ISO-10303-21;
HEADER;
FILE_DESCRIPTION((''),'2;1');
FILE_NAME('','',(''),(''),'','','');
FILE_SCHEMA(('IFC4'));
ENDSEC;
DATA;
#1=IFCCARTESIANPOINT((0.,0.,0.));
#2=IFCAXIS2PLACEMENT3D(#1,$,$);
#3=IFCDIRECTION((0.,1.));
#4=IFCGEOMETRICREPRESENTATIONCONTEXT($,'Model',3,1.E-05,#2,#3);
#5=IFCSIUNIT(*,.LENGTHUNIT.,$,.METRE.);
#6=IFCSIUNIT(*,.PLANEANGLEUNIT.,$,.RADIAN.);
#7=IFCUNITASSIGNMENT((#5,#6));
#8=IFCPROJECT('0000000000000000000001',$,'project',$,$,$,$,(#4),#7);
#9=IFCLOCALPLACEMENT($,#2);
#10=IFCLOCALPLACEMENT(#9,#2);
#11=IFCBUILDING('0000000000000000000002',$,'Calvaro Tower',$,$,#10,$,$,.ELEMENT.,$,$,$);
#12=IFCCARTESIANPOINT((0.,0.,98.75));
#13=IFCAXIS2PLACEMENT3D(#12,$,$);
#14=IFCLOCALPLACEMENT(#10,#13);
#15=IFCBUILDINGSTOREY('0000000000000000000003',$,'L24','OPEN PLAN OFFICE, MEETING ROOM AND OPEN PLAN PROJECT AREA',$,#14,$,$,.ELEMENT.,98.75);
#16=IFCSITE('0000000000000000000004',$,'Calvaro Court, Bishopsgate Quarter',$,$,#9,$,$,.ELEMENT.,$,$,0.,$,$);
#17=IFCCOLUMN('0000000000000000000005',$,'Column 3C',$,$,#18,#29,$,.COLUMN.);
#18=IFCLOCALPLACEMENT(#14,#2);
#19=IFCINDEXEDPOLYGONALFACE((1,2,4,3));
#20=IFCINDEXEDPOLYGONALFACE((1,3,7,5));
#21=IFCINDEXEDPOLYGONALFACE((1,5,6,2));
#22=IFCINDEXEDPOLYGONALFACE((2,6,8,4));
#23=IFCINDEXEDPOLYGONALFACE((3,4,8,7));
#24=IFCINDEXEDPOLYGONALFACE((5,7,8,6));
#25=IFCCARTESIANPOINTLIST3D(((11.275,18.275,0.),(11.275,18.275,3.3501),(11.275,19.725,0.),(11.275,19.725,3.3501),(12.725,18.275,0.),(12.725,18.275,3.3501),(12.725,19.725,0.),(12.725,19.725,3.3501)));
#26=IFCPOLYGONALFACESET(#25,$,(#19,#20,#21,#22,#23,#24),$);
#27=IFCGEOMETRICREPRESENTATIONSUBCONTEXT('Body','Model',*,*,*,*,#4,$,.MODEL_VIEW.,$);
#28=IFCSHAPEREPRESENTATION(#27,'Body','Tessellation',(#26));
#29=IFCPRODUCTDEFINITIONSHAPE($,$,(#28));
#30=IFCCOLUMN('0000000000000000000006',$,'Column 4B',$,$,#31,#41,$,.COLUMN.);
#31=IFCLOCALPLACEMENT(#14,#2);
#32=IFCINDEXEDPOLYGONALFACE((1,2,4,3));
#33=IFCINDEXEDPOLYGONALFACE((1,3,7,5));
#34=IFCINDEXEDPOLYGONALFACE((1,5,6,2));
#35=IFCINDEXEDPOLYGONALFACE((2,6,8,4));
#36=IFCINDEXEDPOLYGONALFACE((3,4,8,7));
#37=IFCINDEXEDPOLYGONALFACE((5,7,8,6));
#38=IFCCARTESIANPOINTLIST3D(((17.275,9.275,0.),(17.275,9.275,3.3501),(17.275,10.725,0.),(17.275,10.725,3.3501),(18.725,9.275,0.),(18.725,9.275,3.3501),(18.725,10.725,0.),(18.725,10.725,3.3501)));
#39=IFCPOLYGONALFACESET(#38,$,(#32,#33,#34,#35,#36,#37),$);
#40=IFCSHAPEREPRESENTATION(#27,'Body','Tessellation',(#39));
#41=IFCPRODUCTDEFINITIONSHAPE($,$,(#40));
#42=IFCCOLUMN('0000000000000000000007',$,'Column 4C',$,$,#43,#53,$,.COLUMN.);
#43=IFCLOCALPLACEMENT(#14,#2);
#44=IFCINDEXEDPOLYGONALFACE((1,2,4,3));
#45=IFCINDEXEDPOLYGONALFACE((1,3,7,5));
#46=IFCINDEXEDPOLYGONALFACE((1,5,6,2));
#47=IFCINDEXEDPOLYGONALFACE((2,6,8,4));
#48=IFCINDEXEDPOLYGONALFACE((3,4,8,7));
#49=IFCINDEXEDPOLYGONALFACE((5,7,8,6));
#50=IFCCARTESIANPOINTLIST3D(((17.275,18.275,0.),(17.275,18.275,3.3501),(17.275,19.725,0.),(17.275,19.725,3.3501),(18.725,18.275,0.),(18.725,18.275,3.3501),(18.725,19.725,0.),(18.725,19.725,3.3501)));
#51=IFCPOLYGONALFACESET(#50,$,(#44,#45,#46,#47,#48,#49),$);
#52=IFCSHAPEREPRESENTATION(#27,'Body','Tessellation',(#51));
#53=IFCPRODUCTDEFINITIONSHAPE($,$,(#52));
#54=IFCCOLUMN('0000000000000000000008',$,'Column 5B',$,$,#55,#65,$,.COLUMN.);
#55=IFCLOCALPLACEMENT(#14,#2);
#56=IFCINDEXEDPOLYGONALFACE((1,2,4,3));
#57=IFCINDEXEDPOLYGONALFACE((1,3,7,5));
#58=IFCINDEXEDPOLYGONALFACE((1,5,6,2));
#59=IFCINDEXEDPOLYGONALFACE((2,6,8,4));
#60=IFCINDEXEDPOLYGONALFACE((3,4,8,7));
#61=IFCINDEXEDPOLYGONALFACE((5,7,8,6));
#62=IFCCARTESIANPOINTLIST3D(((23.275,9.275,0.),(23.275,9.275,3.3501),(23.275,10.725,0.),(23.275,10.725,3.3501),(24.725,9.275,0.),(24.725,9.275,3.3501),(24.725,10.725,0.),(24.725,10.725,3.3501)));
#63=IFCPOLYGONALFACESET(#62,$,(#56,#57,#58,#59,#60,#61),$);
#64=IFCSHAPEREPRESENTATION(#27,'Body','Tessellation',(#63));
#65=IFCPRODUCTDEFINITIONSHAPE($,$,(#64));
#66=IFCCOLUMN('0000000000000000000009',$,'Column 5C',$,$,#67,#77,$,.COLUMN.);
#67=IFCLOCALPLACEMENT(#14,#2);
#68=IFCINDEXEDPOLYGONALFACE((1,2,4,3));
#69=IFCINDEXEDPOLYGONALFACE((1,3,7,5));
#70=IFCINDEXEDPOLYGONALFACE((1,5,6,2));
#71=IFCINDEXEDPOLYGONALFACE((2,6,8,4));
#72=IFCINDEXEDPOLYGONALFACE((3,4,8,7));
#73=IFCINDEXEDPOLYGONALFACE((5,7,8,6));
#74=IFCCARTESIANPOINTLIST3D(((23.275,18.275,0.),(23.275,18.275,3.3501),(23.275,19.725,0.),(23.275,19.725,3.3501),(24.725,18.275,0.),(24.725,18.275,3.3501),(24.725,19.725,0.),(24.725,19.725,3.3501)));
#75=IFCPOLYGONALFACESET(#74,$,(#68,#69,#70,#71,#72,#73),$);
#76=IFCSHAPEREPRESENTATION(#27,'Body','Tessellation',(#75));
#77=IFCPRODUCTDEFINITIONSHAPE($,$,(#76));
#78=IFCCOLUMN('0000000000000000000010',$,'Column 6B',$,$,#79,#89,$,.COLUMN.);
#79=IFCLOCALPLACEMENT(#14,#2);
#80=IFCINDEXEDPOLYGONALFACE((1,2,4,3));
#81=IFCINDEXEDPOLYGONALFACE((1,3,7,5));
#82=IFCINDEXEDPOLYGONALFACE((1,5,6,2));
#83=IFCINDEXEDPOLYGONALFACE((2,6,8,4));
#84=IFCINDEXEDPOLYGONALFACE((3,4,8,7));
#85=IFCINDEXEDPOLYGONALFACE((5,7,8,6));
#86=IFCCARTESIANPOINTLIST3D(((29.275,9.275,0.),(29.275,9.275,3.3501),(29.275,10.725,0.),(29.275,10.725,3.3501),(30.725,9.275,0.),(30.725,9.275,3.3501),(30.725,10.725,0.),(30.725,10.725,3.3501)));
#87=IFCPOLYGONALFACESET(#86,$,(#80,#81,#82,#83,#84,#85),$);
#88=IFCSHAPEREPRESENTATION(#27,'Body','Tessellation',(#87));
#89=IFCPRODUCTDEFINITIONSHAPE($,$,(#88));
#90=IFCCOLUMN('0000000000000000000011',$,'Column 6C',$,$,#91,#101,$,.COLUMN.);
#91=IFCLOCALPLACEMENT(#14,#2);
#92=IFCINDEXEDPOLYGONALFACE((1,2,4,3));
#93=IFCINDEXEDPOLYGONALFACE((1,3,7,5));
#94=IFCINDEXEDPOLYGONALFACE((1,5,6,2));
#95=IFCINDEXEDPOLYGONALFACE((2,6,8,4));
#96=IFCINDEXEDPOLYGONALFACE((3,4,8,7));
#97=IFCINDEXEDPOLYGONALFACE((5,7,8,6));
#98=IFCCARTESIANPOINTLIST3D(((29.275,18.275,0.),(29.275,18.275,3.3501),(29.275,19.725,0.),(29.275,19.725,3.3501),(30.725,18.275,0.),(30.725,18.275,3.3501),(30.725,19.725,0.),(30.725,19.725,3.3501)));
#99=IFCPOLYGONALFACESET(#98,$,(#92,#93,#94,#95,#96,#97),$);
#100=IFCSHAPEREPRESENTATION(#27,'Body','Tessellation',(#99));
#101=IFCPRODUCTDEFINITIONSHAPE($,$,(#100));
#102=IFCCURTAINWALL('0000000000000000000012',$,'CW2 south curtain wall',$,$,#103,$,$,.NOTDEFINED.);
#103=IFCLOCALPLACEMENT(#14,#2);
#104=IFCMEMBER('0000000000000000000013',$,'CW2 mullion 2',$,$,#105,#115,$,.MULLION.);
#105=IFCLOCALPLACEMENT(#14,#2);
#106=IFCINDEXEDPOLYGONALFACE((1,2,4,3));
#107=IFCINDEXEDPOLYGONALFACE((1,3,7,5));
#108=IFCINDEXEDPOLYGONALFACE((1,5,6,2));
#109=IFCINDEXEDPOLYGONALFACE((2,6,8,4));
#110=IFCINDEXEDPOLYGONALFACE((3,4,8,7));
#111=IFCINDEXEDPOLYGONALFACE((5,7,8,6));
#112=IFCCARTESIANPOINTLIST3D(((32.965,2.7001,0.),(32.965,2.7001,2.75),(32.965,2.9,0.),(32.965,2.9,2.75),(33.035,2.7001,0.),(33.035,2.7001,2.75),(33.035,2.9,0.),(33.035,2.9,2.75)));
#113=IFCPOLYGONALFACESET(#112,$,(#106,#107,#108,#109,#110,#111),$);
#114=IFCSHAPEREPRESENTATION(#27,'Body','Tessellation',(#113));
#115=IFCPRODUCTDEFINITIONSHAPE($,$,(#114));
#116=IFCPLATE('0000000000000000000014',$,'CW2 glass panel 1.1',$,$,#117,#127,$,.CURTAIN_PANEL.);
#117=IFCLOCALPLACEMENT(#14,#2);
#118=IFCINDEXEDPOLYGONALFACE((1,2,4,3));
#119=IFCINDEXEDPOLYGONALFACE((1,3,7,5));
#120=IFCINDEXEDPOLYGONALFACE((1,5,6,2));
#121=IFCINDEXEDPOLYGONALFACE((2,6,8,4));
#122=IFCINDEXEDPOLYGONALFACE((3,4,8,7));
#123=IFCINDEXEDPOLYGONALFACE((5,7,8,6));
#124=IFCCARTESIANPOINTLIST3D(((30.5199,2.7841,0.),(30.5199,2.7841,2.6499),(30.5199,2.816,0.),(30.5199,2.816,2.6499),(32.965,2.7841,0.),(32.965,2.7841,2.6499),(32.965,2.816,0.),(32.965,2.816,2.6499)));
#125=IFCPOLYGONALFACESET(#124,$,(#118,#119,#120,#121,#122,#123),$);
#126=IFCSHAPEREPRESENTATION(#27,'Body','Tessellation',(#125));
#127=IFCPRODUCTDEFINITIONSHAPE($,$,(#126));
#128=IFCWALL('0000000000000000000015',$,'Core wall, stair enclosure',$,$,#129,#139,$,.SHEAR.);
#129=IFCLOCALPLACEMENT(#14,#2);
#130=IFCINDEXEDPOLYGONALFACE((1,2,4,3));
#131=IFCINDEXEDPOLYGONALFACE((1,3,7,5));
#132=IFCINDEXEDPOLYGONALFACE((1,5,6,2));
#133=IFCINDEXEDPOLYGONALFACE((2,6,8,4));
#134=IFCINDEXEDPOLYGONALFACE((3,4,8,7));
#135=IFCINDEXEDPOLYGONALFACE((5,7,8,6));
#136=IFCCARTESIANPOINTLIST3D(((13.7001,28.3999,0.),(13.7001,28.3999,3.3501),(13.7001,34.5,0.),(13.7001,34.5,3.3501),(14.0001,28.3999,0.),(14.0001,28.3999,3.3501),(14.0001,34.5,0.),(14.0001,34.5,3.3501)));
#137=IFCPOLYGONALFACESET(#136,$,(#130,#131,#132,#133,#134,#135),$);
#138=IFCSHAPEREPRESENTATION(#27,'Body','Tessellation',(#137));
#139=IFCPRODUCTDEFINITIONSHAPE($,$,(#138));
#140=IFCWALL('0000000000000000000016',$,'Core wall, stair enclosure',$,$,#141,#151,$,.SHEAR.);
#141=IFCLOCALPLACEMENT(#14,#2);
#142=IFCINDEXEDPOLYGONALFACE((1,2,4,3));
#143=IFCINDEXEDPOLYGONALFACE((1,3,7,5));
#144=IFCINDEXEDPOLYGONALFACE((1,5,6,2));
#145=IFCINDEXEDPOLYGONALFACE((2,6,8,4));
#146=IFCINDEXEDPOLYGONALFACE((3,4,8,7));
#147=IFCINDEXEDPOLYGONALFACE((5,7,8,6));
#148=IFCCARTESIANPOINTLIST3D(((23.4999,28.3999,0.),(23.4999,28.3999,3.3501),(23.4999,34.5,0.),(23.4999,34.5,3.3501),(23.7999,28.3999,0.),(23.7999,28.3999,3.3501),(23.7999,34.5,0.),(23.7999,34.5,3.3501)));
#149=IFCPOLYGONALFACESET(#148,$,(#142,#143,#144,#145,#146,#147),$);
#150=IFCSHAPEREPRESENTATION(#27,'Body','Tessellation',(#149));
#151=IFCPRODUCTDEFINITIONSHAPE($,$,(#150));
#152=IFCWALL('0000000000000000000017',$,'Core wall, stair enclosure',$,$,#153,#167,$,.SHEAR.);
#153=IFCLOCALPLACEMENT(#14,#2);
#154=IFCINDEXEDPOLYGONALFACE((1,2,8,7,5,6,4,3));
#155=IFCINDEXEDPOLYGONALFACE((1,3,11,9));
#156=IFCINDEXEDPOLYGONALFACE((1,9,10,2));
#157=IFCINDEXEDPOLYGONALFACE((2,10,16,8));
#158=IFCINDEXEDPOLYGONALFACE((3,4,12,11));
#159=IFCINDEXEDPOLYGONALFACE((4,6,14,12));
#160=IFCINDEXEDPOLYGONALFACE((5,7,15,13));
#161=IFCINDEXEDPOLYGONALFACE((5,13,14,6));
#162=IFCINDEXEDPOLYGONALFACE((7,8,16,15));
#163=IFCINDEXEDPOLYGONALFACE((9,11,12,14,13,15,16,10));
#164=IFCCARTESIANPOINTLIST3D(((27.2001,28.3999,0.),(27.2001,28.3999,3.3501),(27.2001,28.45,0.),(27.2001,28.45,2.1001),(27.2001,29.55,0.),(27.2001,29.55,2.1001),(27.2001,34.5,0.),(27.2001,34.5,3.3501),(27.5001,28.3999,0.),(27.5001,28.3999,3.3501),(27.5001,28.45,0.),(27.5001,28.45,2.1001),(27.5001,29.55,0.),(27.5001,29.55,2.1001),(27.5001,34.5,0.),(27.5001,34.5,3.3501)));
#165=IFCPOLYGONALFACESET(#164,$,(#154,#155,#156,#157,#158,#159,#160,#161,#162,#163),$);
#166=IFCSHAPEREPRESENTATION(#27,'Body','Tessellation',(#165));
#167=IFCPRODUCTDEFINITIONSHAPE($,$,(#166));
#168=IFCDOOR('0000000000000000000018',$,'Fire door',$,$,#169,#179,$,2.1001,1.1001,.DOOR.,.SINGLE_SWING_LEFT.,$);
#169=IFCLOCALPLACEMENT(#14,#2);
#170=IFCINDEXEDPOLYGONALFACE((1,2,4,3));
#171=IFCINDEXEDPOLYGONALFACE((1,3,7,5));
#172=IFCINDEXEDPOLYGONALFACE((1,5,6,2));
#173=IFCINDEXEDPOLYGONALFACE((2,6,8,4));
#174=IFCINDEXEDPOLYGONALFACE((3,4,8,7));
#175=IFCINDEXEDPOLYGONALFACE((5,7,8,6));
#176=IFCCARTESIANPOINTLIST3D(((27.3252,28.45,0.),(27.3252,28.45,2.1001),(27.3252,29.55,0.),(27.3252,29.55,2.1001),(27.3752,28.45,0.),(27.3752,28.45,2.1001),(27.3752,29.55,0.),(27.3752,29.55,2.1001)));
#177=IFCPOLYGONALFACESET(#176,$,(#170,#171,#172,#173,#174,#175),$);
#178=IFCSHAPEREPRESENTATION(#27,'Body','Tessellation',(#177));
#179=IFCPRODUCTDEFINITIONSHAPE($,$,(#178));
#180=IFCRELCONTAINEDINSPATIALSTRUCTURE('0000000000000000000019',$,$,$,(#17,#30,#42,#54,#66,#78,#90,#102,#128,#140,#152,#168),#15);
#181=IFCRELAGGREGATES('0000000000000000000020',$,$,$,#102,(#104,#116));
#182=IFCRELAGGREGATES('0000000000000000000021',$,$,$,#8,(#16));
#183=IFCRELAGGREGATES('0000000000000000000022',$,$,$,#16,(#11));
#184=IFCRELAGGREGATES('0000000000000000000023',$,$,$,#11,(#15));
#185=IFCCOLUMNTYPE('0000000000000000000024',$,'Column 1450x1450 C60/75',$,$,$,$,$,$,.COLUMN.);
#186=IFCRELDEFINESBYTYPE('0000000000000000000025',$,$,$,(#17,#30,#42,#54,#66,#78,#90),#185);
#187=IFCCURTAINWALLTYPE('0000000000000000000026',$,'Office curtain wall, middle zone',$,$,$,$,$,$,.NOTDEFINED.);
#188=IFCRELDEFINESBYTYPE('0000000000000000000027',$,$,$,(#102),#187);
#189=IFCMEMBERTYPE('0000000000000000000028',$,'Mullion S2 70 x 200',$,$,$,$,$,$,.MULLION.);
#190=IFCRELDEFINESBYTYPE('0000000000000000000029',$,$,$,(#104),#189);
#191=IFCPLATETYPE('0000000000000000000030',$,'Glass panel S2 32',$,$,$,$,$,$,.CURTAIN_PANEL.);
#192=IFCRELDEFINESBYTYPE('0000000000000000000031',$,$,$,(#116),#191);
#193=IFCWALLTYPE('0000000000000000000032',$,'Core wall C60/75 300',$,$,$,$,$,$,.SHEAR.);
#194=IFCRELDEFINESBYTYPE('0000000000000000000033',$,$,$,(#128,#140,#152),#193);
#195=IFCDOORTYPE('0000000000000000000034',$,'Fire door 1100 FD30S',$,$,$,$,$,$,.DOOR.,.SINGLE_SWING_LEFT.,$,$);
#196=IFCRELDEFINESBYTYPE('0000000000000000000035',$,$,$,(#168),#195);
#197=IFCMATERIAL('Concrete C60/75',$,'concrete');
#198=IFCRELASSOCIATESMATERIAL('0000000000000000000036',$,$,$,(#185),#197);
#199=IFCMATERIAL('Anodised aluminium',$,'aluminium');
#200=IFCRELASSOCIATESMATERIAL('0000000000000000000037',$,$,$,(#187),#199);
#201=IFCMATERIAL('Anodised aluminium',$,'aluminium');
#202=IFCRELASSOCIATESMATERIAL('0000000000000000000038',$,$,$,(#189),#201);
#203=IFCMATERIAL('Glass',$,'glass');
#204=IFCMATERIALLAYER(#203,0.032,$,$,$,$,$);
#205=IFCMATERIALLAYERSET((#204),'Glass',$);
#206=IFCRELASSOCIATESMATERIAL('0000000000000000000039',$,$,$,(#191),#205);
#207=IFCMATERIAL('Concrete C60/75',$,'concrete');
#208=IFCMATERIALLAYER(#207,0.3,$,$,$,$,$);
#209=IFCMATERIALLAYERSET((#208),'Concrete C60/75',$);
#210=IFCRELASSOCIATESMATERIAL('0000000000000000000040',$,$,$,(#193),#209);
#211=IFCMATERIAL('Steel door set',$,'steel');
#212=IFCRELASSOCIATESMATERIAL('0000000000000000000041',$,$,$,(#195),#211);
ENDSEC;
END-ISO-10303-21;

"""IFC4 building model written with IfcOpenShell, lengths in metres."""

from ifc_helpers import new_model, si_unit, direction, frame, frame_2d, origin, origin_2d, place, context, subcontext, project, spatial, rectangle, extrude, material, layer, layer_set, material_profile, profile_set, type_object, element, fill, aggregate, save


model = new_model("IFC4")

# Units and contexts
model_context = context("Model", 3, precision=1e-05, world=origin(), true_north=direction((0.0, 1.0)))
body_context = subcontext(model_context, "Body", "Model", "MODEL_VIEW")
ifc_project = project(units=[si_unit("LENGTHUNIT", "METRE"), si_unit("PLANEANGLEUNIT", "RADIAN")], contexts=[model_context])

# Site, building, storey
site_placement = place(None, origin())
site = spatial("IfcSite", under=ifc_project, at=site_placement, Name="Calvaro Court, Bishopsgate Quarter", CompositionType="ELEMENT", RefElevation=0.0)
building_placement = place(site_placement, origin())
building = spatial("IfcBuilding", under=site, at=building_placement, Name="Calvaro Tower", CompositionType="ELEMENT")
storey_placement = place(building_placement, frame((0.0, 0.0, 98.75)))
storey = spatial("IfcBuildingStorey", under=building, at=storey_placement, Name="L24", Description="OPEN PLAN OFFICE, MEETING ROOM AND OPEN PLAN PROJECT AREA", CompositionType="ELEMENT", Elevation=98.75)

# Columns
ifc_material_1 = material(Name="Concrete C60/75", Category="concrete")
ifc_material_profile_1 = material_profile(ifc_material_1, rectangle(XDim=1.45, YDim=1.45, at=origin_2d()), Name="RC 1450x1450")
ifc_profile_set_1 = profile_set([ifc_material_profile_1], Name="Concrete C60/75")
column_type = type_object("IfcColumnType", Name="Column 1450x1450 C60/75", PredefinedType="COLUMN", material=ifc_profile_set_1)
for number, where, z_axis, x_axis, name in (
    (1, (12.0, 19.0, 0.0), (0.0, 0.0, 1.0), (1.0, 0.0, 0.0), "Column 3C"),
    (2, (18.0, 10.0, 0.0), (0.0, 0.0, 1.0), (1.0, 0.0, 0.0), "Column 4B"),
    (3, (18.0, 19.0, 0.0), (0.0, 0.0, 1.0), (1.0, 0.0, 0.0), "Column 4C"),
    (4, (24.0, 10.0, 0.0), (0.0, 0.0, 1.0), (1.0, 0.0, 0.0), "Column 5B"),
    (5, (24.0, 19.0, 0.0), (0.0, 0.0, 1.0), (1.0, 0.0, 0.0), "Column 5C"),
    (6, (30.0, 10.0, 0.0), (0.0, 0.0, 1.0), (1.0, 0.0, 0.0), "Column 6B"),
    (7, (30.0, 19.0, 0.0), (0.0, 0.0, 1.0), (1.0, 0.0, 0.0), "Column 6C"),
):
    element("IfcColumn", number, at=place(storey_placement, frame(where, z_axis=z_axis, x_axis=x_axis)), inside=storey, type_object=column_type, Name=name, PredefinedType="COLUMN", context=body_context, shape_type="SweptSolid", body=[
        extrude(rectangle(XDim=1.45, YDim=1.45, at=origin_2d()), origin(), (0.0, 0.0, 1.0), 3.3501),
    ])

# Curtain wall, member, plate
ifc_material_2 = material(Name="Anodised aluminium", Category="aluminium")
curtain_wall_type = type_object("IfcCurtainWallType", Name="Office curtain wall, middle zone", PredefinedType="NOTDEFINED", material=ifc_material_2)
curtain_wall_placement = place(storey_placement, origin())
curtain_wall = element("IfcCurtainWall", 8, at=curtain_wall_placement, inside=storey, type_object=curtain_wall_type, Name="CW2 south curtain wall", PredefinedType="NOTDEFINED")
ifc_material_3 = material(Name="Anodised aluminium", Category="aluminium")
ifc_material_profile_2 = material_profile(ifc_material_3, rectangle(XDim=0.2, YDim=0.0701, at=origin_2d()), Name="Mullion S2 70 x 200")
ifc_profile_set_2 = profile_set([ifc_material_profile_2], Name="Anodised aluminium")
member_type = type_object("IfcMemberType", Name="Mullion S2 70 x 200", PredefinedType="MULLION", material=ifc_profile_set_2)
member_placement = place(storey_placement, frame((33.0, 2.8, 0.0), z_axis=(0.0, 0.0, 1.0), x_axis=(0.0, 1.0, 0.0)))
member = element("IfcMember", 9, at=member_placement, type_object=member_type, Name="CW2 mullion 2", PredefinedType="MULLION", context=body_context, shape_type="SweptSolid", body=[
    extrude(rectangle(XDim=0.2, YDim=0.0701, at=origin_2d()), origin(), (0.0, 0.0, 1.0), 2.75),
])
ifc_material_4 = material(Name="Glass", Category="glass")
ifc_layer_1 = layer(ifc_material_4, 0.032)
ifc_layer_set_1 = layer_set([ifc_layer_1], Name="Glass")
plate_type = type_object("IfcPlateType", Name="Glass panel S2 32", PredefinedType="CURTAIN_PANEL", material=ifc_layer_set_1)
plate_placement = place(storey_placement, frame((31.7424, 2.8, 0.0), z_axis=(0.0, 0.0, 1.0), x_axis=(1.0, 0.0, 0.0)))
plate = element("IfcPlate", 10, at=plate_placement, type_object=plate_type, Name="CW2 glass panel 1.1", PredefinedType="CURTAIN_PANEL", context=body_context, shape_type="SweptSolid", body=[
    extrude(rectangle(XDim=2.4451, YDim=0.032, at=origin_2d()), origin(), (0.0, 0.0, 1.0), 2.6499),
])
aggregate(curtain_wall, [member, plate])

# Walls
ifc_material_5 = material(Name="Concrete C60/75", Category="concrete")
ifc_layer_2 = layer(ifc_material_5, 0.3)
ifc_layer_set_2 = layer_set([ifc_layer_2], Name="Concrete C60/75")
wall_type_1 = type_object("IfcWallType", Name="Core wall C60/75 300", PredefinedType="SHEAR", material=ifc_layer_set_2)
for number, where, z_axis, x_axis, name in (
    (11, (13.8501, 28.3999, 0.0), (0.0, 0.0, 1.0), (0.0, 1.0, 0.0), "Core wall, stair enclosure"),
    (12, (23.6499, 28.3999, 0.0), (0.0, 0.0, 1.0), (0.0, 1.0, 0.0), "Core wall, stair enclosure"),
):
    element("IfcWall", number, at=place(storey_placement, frame(where, z_axis=z_axis, x_axis=x_axis)), inside=storey, type_object=wall_type_1, Name=name, PredefinedType="SHEAR", context=body_context, shape_type="SweptSolid", body=[
        extrude(rectangle(XDim=6.1001, YDim=0.3, at=frame_2d((3.05, 0.0))), origin(), (0.0, 0.0, 1.0), 3.3501),
    ])

# Wall, opening, door
wall_1_placement = place(storey_placement, frame((27.3501, 28.3999, 0.0), z_axis=(0.0, 0.0, 1.0), x_axis=(0.0, 1.0, 0.0)))
wall_1 = element("IfcWall", 13, at=wall_1_placement, inside=storey, type_object=wall_type_1, Name="Core wall, stair enclosure", PredefinedType="SHEAR", context=body_context, shape_type="SweptSolid", body=[
    extrude(rectangle(XDim=6.1001, YDim=0.3, at=frame_2d((3.05, 0.0))), origin(), (0.0, 0.0, 1.0), 3.3501),
])
opening_1_placement = place(wall_1_placement, frame((0.05, 0.0, 0.0)))
opening_1 = element("IfcOpeningElement", 14, at=opening_1_placement, cuts=wall_1, PredefinedType="OPENING", context=body_context, shape_type="SweptSolid", body=[
    extrude(rectangle(XDim=1.1001, YDim=2.1001, at=frame_2d((0.55, 1.05))), frame((0.0, 0.1599, 0.0), z_axis=(0.0, -1.0, 0.0), x_axis=(1.0, 0.0, 0.0)), (0.0, 0.0, 1.0), 0.3201),
])
ifc_material_6 = material(Name="Steel door set", Category="steel")
door_type_1 = type_object("IfcDoorType", Name="Fire door 1100 FD30S", OperationType="SINGLE_SWING_LEFT", PredefinedType="DOOR", material=ifc_material_6)
door_1_placement = place(opening_1_placement, origin())
door_1 = element("IfcDoor", 15, at=door_1_placement, inside=storey, type_object=door_type_1, Name="Fire door", OperationType="SINGLE_SWING_LEFT", OverallHeight=2.1001, OverallWidth=1.1001, PredefinedType="DOOR", context=body_context, shape_type="SweptSolid", body=[
    extrude(rectangle(XDim=1.1001, YDim=2.1001, at=frame_2d((0.55, 1.05))), frame((0.0, 0.0249, 0.0), z_axis=(0.0, -1.0, 0.0), x_axis=(1.0, 0.0, 0.0)), (0.0, 0.0, 1.0), 0.05),
])
fill(opening_1, door_1)

save(model, "model.ifc")
